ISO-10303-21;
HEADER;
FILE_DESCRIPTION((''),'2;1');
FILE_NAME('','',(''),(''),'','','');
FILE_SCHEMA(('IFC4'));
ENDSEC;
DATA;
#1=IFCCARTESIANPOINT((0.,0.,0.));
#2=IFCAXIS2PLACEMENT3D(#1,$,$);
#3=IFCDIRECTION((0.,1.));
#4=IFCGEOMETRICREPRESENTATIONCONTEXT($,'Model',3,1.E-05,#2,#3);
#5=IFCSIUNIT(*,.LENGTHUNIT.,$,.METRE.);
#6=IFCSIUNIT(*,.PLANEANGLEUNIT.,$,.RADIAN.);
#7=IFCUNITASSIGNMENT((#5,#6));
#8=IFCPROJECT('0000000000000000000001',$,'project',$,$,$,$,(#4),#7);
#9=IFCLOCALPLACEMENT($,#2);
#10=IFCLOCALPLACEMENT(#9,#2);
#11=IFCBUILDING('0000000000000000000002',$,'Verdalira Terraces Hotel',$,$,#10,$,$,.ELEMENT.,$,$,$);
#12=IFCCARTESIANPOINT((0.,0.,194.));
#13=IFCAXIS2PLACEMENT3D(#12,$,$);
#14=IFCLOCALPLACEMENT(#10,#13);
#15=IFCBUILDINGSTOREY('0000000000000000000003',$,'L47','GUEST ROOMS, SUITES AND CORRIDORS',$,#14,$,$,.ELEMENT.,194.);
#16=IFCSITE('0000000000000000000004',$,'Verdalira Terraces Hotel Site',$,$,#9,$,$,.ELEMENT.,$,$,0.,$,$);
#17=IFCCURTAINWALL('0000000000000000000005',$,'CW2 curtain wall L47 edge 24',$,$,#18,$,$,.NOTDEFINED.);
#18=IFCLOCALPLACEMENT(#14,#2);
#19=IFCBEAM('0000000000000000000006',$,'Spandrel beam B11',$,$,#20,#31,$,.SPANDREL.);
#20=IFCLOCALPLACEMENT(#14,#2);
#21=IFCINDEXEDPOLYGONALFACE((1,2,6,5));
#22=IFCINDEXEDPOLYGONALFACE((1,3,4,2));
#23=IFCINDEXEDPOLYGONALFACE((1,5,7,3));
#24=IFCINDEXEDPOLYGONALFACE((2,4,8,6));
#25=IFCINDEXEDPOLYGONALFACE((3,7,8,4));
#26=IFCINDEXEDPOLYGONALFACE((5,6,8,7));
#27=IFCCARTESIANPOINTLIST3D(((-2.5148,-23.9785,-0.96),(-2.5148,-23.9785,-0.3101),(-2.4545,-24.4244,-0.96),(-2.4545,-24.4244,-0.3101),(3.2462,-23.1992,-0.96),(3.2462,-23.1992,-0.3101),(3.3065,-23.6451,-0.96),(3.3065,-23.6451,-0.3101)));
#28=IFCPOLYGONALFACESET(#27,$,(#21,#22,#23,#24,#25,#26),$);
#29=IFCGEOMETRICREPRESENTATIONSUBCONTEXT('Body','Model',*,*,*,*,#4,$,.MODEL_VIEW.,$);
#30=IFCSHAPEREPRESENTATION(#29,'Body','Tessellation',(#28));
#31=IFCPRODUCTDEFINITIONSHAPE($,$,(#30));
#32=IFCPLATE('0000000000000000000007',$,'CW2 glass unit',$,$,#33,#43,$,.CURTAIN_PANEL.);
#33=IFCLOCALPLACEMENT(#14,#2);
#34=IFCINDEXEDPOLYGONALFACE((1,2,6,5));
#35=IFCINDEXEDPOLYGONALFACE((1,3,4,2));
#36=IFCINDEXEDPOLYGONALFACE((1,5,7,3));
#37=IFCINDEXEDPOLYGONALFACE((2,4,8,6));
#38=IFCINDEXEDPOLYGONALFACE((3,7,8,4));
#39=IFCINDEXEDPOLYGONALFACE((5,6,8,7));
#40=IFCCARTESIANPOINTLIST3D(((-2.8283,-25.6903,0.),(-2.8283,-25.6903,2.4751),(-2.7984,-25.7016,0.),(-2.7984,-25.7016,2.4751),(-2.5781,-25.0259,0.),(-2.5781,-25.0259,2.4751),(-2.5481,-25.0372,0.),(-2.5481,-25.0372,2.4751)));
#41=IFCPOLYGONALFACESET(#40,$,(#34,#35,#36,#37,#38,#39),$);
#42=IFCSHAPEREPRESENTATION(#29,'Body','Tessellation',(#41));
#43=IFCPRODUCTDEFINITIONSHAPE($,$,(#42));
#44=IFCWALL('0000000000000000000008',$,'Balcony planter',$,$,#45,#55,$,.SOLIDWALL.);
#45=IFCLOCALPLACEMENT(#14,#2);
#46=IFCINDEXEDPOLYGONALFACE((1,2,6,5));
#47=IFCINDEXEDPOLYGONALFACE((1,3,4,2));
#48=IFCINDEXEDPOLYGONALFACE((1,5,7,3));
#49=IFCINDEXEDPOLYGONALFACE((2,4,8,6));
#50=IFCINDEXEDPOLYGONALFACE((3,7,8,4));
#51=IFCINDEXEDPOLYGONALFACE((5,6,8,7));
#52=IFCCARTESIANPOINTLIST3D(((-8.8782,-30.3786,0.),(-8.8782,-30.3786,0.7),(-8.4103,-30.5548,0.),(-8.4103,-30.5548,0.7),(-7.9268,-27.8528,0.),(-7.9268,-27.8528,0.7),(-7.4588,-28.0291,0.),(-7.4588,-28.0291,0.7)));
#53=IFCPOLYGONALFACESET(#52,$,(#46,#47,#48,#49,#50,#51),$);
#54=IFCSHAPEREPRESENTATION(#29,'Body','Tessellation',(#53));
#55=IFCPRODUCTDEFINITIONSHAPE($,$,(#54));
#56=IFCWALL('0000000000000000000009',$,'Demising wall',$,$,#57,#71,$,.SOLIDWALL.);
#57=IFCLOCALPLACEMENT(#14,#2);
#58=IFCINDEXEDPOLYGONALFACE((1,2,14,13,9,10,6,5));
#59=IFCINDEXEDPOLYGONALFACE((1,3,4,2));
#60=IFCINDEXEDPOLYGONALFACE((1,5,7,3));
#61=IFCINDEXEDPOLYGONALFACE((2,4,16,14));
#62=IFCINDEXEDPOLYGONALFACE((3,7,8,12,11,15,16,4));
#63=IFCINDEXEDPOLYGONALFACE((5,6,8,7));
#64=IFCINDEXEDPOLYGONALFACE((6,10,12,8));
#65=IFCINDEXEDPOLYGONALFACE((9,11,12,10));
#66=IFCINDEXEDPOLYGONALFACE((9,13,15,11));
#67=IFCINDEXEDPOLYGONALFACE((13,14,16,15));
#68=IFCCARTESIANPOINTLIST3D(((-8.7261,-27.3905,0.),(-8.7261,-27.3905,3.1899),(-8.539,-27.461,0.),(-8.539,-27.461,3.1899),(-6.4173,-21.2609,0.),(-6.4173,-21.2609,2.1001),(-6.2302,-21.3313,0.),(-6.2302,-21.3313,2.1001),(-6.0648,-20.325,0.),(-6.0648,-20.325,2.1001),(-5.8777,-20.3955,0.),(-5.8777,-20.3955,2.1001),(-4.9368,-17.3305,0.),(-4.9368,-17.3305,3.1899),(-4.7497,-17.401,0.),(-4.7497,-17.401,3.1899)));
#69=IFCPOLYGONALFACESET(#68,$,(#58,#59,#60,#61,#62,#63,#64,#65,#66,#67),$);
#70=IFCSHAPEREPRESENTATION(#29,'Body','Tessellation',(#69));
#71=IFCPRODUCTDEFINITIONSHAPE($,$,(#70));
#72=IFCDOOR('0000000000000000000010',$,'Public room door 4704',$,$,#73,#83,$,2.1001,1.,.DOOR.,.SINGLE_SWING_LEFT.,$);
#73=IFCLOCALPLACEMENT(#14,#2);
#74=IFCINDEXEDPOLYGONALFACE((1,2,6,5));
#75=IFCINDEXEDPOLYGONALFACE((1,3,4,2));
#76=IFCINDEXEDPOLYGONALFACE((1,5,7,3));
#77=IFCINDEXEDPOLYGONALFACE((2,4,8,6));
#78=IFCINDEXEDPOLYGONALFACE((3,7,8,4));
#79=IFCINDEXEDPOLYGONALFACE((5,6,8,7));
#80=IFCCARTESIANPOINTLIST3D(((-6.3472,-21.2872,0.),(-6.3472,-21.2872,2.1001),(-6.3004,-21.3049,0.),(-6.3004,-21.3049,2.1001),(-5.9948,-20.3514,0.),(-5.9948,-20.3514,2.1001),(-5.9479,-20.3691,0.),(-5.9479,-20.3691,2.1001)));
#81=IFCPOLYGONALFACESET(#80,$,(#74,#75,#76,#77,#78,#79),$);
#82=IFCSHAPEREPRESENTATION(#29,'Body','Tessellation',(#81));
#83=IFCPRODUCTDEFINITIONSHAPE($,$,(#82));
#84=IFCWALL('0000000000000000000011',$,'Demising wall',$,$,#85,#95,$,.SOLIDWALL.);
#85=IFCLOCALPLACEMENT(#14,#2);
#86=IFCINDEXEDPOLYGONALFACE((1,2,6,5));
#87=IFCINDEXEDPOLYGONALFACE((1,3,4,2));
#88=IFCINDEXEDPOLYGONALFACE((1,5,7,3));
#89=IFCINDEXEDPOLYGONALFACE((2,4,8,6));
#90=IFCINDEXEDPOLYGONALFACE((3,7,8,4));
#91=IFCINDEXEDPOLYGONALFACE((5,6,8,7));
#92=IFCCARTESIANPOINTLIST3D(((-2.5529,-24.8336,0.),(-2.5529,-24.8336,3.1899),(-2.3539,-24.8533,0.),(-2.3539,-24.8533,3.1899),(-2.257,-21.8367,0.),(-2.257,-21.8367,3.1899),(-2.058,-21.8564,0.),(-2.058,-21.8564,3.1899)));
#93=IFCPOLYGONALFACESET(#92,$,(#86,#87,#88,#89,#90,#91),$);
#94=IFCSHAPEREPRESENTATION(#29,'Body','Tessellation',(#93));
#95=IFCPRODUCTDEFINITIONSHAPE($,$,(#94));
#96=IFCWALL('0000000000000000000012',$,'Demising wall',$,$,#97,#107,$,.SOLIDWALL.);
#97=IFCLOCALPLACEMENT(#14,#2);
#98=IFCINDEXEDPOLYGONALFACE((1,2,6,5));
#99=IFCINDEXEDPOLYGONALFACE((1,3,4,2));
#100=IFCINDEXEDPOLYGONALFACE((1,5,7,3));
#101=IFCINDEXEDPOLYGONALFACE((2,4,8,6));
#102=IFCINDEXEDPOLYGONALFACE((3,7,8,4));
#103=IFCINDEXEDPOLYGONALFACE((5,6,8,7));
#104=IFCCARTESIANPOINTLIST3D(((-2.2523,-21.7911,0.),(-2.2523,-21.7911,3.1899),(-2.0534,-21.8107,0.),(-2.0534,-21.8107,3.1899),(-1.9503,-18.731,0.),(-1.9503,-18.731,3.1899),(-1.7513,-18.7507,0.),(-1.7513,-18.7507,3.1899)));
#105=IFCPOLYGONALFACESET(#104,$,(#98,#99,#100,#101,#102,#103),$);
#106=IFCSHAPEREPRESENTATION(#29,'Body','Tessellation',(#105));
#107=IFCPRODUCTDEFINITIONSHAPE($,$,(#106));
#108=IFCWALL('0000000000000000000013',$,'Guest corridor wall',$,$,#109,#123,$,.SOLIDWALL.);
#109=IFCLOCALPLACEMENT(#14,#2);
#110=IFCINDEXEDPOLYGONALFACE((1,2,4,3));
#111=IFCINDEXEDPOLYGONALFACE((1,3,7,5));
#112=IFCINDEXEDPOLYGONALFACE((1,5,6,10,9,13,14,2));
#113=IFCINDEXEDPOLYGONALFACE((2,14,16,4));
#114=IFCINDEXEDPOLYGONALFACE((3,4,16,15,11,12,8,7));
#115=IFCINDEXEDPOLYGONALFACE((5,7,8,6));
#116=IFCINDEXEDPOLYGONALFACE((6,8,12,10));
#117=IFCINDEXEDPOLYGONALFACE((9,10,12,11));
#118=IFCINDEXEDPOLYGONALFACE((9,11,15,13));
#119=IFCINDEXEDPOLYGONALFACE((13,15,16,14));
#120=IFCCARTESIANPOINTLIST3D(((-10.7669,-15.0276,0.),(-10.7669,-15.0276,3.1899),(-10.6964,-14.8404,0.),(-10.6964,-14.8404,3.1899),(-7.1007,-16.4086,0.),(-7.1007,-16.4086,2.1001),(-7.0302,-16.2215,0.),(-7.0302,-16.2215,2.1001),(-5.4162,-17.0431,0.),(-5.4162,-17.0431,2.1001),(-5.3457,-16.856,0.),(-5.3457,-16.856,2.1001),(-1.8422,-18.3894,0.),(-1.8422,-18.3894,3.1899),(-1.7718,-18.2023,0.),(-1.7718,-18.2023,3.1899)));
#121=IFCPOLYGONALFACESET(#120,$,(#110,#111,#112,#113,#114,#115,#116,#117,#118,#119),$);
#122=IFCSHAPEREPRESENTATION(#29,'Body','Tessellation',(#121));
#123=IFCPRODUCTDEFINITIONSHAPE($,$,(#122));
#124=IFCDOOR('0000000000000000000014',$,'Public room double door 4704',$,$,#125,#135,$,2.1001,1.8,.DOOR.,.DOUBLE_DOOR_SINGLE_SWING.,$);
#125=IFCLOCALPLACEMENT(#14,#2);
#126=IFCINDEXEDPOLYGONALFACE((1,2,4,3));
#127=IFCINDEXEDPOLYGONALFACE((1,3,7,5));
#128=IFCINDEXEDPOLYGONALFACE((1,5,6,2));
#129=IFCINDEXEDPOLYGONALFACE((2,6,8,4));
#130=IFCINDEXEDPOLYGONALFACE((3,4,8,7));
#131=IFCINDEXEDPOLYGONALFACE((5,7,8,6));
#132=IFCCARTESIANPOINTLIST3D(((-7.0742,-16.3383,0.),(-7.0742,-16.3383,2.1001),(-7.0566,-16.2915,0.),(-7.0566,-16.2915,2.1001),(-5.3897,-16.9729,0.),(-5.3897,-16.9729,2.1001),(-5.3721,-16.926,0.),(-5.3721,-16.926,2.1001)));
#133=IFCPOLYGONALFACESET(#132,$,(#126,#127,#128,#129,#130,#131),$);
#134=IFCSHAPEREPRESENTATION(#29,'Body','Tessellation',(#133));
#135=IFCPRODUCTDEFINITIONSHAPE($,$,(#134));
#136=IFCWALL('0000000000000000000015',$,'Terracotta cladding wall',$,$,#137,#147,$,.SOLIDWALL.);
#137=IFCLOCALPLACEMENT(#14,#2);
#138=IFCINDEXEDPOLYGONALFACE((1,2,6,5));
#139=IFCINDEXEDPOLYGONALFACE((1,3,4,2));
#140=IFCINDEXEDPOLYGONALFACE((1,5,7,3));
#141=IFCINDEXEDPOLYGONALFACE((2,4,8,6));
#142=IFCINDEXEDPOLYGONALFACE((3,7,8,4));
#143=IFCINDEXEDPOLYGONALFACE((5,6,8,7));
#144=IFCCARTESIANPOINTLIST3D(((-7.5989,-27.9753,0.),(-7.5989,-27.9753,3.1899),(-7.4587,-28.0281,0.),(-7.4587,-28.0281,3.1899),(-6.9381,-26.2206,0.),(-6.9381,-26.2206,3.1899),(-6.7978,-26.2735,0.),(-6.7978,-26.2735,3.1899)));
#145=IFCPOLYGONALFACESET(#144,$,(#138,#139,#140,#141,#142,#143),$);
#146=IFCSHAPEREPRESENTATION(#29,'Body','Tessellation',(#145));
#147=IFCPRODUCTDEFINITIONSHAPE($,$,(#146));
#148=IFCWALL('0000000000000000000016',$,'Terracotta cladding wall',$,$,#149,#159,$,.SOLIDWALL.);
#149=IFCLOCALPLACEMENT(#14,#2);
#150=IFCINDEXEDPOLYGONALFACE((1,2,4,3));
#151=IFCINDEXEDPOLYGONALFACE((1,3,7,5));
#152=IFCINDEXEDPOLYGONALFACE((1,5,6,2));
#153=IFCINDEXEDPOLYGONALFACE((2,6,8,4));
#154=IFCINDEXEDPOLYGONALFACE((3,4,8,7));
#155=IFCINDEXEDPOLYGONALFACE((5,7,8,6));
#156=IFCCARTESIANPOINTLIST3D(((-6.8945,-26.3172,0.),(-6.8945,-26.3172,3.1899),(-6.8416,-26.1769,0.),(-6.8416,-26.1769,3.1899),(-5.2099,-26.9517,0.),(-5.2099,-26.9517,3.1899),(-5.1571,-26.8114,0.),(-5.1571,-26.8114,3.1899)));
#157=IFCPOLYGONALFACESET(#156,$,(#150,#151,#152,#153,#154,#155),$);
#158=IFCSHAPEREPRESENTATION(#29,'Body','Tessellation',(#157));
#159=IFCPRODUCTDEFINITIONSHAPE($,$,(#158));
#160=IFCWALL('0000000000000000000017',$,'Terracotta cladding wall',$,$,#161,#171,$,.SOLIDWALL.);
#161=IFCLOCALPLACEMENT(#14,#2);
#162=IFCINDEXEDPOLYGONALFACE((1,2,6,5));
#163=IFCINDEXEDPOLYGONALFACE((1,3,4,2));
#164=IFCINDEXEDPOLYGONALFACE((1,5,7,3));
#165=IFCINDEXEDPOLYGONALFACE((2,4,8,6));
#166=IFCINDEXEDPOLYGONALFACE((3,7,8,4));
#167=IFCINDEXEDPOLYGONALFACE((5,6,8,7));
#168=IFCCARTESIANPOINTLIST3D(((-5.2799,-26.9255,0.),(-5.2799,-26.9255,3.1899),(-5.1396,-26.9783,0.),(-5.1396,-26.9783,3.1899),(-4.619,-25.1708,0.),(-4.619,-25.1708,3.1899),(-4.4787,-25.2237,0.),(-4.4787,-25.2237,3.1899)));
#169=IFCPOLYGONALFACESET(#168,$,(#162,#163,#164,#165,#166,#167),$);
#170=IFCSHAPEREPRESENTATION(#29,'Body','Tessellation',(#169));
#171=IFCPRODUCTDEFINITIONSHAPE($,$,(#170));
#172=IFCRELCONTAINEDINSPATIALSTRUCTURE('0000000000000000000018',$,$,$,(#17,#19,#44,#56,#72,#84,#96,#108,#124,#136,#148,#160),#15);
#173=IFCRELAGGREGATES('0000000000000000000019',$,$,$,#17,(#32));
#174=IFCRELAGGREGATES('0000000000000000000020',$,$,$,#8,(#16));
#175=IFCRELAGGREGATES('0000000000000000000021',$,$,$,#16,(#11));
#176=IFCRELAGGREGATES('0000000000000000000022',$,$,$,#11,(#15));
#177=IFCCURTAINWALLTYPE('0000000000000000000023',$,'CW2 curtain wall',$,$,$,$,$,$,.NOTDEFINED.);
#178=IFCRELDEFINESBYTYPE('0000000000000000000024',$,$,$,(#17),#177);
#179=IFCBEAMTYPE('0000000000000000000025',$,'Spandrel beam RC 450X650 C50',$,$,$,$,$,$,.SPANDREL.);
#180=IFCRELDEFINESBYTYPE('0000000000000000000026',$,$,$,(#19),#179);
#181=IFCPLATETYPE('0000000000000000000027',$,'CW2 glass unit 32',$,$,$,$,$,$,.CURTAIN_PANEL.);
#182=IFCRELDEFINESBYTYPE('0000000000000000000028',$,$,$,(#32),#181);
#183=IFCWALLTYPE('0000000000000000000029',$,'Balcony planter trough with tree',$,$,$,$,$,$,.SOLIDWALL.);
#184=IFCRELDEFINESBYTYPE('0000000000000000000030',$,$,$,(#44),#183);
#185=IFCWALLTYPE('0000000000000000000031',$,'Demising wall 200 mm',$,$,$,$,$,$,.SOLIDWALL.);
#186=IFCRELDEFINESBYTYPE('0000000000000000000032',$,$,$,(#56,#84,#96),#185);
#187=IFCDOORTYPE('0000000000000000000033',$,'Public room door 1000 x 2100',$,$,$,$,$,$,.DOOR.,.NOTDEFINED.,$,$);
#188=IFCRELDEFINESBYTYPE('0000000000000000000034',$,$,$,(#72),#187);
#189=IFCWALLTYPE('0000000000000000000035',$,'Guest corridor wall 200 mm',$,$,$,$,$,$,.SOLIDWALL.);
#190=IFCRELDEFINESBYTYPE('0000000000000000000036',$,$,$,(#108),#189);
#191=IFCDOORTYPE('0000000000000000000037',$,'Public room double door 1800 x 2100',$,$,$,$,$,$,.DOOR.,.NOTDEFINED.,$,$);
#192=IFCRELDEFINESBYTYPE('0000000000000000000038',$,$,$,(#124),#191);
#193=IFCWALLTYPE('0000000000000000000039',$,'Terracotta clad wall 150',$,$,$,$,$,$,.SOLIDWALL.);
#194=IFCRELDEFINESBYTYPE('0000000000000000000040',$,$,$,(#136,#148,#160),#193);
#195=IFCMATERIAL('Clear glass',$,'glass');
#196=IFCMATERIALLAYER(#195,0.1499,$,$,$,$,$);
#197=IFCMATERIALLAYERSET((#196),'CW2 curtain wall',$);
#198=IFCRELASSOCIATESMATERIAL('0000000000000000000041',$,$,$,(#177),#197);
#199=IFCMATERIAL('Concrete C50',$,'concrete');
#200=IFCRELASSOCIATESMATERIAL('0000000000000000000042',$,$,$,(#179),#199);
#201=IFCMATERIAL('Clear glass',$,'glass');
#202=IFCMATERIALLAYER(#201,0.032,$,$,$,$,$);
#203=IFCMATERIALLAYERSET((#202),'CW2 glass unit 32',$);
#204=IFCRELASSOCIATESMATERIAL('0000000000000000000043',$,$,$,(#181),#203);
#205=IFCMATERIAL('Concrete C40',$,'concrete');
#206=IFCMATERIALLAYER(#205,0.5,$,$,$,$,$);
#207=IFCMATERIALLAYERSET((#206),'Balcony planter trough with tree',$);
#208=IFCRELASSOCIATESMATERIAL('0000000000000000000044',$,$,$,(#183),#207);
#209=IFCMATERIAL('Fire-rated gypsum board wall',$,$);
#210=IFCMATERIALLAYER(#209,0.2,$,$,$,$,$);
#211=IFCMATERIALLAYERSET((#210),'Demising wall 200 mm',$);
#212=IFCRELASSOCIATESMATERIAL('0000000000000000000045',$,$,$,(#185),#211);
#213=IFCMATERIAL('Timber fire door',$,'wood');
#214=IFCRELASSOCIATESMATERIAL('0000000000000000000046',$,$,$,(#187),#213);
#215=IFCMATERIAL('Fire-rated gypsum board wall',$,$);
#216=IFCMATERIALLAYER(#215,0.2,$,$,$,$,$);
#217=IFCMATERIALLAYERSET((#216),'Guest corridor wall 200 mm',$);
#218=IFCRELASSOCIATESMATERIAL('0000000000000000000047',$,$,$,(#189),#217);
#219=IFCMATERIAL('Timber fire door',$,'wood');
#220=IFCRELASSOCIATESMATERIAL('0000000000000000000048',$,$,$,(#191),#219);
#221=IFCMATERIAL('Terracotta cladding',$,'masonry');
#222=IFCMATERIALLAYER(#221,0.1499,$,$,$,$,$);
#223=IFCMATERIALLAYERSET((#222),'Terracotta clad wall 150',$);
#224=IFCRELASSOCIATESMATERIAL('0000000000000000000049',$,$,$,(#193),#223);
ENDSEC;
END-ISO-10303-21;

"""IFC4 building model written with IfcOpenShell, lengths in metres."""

from ifc_helpers import new_model, si_unit, direction, frame, frame_2d, origin, origin_2d, place, context, subcontext, project, spatial, rectangle, extrude, material, layer, layer_set, material_profile, profile_set, type_object, element, fill, aggregate, save


model = new_model("IFC4")

# Units and contexts
model_context = context("Model", 3, precision=1e-05, world=origin(), true_north=direction((0.0, 1.0)))
body_context = subcontext(model_context, "Body", "Model", "MODEL_VIEW")
ifc_project = project(units=[si_unit("LENGTHUNIT", "METRE"), si_unit("PLANEANGLEUNIT", "RADIAN")], contexts=[model_context])

# Site, building, storey
site_placement = place(None, origin())
site = spatial("IfcSite", under=ifc_project, at=site_placement, Name="Verdalira Terraces Hotel Site", CompositionType="ELEMENT", RefElevation=0.0)
building_placement = place(site_placement, origin())
building = spatial("IfcBuilding", under=site, at=building_placement, Name="Verdalira Terraces Hotel", CompositionType="ELEMENT")
storey_placement = place(building_placement, frame((0.0, 0.0, 194.0)))
storey = spatial("IfcBuildingStorey", under=building, at=storey_placement, Name="L47", Description="GUEST ROOMS, SUITES AND CORRIDORS", CompositionType="ELEMENT", Elevation=194.0)

# Curtain wall
ifc_material_1 = material(Name="Clear glass", Category="glass")
ifc_layer_1 = layer(ifc_material_1, 0.1499)
ifc_layer_set_1 = layer_set([ifc_layer_1], Name="CW2 curtain wall")
curtain_wall_type_1 = type_object("IfcCurtainWallType", Name="CW2 curtain wall", PredefinedType="NOTDEFINED", material=ifc_layer_set_1)
curtain_wall_1_placement = place(storey_placement, origin())
curtain_wall_1 = element("IfcCurtainWall", 1, at=curtain_wall_1_placement, inside=storey, type_object=curtain_wall_type_1, Name="CW2 curtain wall L47 edge 24", PredefinedType="NOTDEFINED")

# Beam
ifc_material_2 = material(Name="Concrete C50", Category="concrete")
ifc_material_profile_1 = material_profile(ifc_material_2, rectangle(XDim=0.45, YDim=0.6499, at=origin_2d()), Name="RC 450X650")
ifc_profile_set_1 = profile_set([ifc_material_profile_1], Name="Concrete C50")
beam_type_1 = type_object("IfcBeamType", Name="Spandrel beam RC 450X650 C50", PredefinedType="SPANDREL", material=ifc_profile_set_1)
beam_1_placement = place(storey_placement, frame((-2.4846, -24.2014, -0.635), z_axis=(0.990974, 0.134051, 0.0), x_axis=(-0.134051, 0.990974, 0.0)))
element("IfcBeam", 2, at=beam_1_placement, inside=storey, type_object=beam_type_1, Name="Spandrel beam B11", PredefinedType="SPANDREL", context=body_context, shape_type="SweptSolid", body=[
    extrude(rectangle(XDim=0.45, YDim=0.6499, at=origin_2d()), origin(), (0.0, 0.0, 1.0), 5.8135),
])

# Plate
ifc_material_3 = material(Name="Clear glass", Category="glass")
ifc_layer_2 = layer(ifc_material_3, 0.032)
ifc_layer_set_2 = layer_set([ifc_layer_2], Name="CW2 glass unit 32")
plate_type = type_object("IfcPlateType", Name="CW2 glass unit 32", PredefinedType="CURTAIN_PANEL", material=ifc_layer_set_2)
plate_placement = place(storey_placement, frame((-2.6882, -25.3638, 0.0), z_axis=(0.0, 0.0, 1.0), x_axis=(0.352495, 0.935814, 0.0)))
plate = element("IfcPlate", 3, at=plate_placement, type_object=plate_type, Name="CW2 glass unit", PredefinedType="CURTAIN_PANEL", context=body_context, shape_type="SweptSolid", body=[
    extrude(rectangle(XDim=0.71, YDim=0.032, at=origin_2d()), origin(), (0.0, 0.0, 1.0), 2.4751),
])
aggregate(curtain_wall_1, [plate])

# Wall
ifc_material_4 = material(Name="Concrete C40", Category="concrete")
ifc_layer_3 = layer(ifc_material_4, 0.5)
ifc_layer_set_3 = layer_set([ifc_layer_3], Name="Balcony planter trough with tree")
wall_type_1 = type_object("IfcWallType", Name="Balcony planter trough with tree", PredefinedType="SOLIDWALL", material=ifc_layer_set_3)
wall_1_placement = place(storey_placement, frame((-8.6443, -30.4668, 0.0), z_axis=(0.0, 0.0, 1.0), x_axis=(0.352521, 0.935804, 0.0)))
element("IfcWall", 4, at=wall_1_placement, inside=storey, type_object=wall_type_1, Name="Balcony planter", PredefinedType="SOLIDWALL", context=body_context, shape_type="SweptSolid", body=[
    extrude(rectangle(XDim=2.699, YDim=0.5, at=frame_2d((1.3496, 0.0))), origin(), (0.0, 0.0, 1.0), 0.7),
])

# Wall, opening, door
ifc_material_5 = material(Name="Fire-rated gypsum board wall")
ifc_layer_4 = layer(ifc_material_5, 0.2)
ifc_layer_set_4 = layer_set([ifc_layer_4], Name="Demising wall 200 mm")
wall_type_2 = type_object("IfcWallType", Name="Demising wall 200 mm", PredefinedType="SOLIDWALL", material=ifc_layer_set_4)
wall_2_placement = place(storey_placement, frame((-4.8433, -17.3657, 0.0), z_axis=(0.0, 0.0, 1.0), x_axis=(-0.352492, -0.935815, 0.0)))
wall_2 = element("IfcWall", 5, at=wall_2_placement, inside=storey, type_object=wall_type_2, Name="Demising wall", PredefinedType="SOLIDWALL", context=body_context, shape_type="SweptSolid", body=[
    extrude(rectangle(XDim=10.75, YDim=0.2, at=frame_2d((5.375, 0.0))), origin(), (0.0, 0.0, 1.0), 3.1899),
])
opening_1_placement = place(wall_2_placement, frame((3.2, 0.0, 0.0)))
opening_1 = element("IfcOpeningElement", 6, at=opening_1_placement, cuts=wall_2, PredefinedType="OPENING", context=body_context, shape_type="SweptSolid", body=[
    extrude(rectangle(XDim=1.0, YDim=2.1001, at=frame_2d((0.5, 1.05))), frame((0.0, 0.1099, 0.0), z_axis=(0.0, -1.0, 0.0), x_axis=(1.0, 0.0, 0.0)), (0.0, 0.0, 1.0), 0.22),
])
ifc_material_6 = material(Name="Timber fire door", Category="wood")
door_type_1 = type_object("IfcDoorType", Name="Public room door 1000 x 2100", OperationType="NOTDEFINED", PredefinedType="DOOR", material=ifc_material_6)
door_1_placement = place(opening_1_placement, origin())
door_1 = element("IfcDoor", 7, at=door_1_placement, inside=storey, type_object=door_type_1, Name="Public room door 4704", OperationType="SINGLE_SWING_LEFT", OverallHeight=2.1001, OverallWidth=1.0, PredefinedType="DOOR", context=body_context, shape_type="SweptSolid", body=[
    extrude(rectangle(XDim=1.0, YDim=2.1001, at=frame_2d((0.5, 1.05))), frame((0.0, 0.0249, 0.0), z_axis=(0.0, -1.0, 0.0), x_axis=(1.0, 0.0, 0.0)), (0.0, 0.0, 1.0), 0.05),
])
fill(opening_1, door_1)

# Walls
wall_3_placement = place(storey_placement, frame((-2.1575, -21.8464, 0.0), z_axis=(0.0, 0.0, 1.0), x_axis=(-0.098259, -0.995161, 0.0)))
element("IfcWall", 8, at=wall_3_placement, inside=storey, type_object=wall_type_2, Name="Demising wall", PredefinedType="SOLIDWALL", context=body_context, shape_type="SweptSolid", body=[
    extrude(rectangle(XDim=3.0115, YDim=0.2, at=frame_2d((1.5059, 0.0))), origin(), (0.0, 0.0, 1.0), 3.1899),
])
wall_4_placement = place(storey_placement, frame((-1.8508, -18.7407, 0.0), z_axis=(0.0, 0.0, 1.0), x_axis=(-0.098214, -0.995165, 0.0)))
element("IfcWall", 9, at=wall_4_placement, inside=storey, type_object=wall_type_2, Name="Demising wall", PredefinedType="SOLIDWALL", context=body_context, shape_type="SweptSolid", body=[
    extrude(rectangle(XDim=3.075, YDim=0.2, at=frame_2d((1.5376, 0.0))), origin(), (0.0, 0.0, 1.0), 3.1899),
])

# Wall, opening, door
ifc_material_7 = material(Name="Fire-rated gypsum board wall")
ifc_layer_5 = layer(ifc_material_7, 0.2)
ifc_layer_set_5 = layer_set([ifc_layer_5], Name="Guest corridor wall 200 mm")
wall_type_3 = type_object("IfcWallType", Name="Guest corridor wall 200 mm", PredefinedType="SOLIDWALL", material=ifc_layer_set_5)
wall_5_placement = place(storey_placement, frame((-1.8069, -18.2959, 0.0), z_axis=(0.0, 0.0, 1.0), x_axis=(-0.935807, 0.352512, 0.0)))
wall_5 = element("IfcWall", 10, at=wall_5_placement, inside=storey, type_object=wall_type_3, Name="Guest corridor wall", PredefinedType="SOLIDWALL", context=body_context, shape_type="SweptSolid", body=[
    extrude(rectangle(XDim=9.5369, YDim=0.2, at=frame_2d((4.7686, 0.0))), origin(), (0.0, 0.0, 1.0), 3.1899),
])
opening_2_placement = place(wall_5_placement, frame((3.8193, 0.0, 0.0)))
opening_2 = element("IfcOpeningElement", 11, at=opening_2_placement, cuts=wall_5, PredefinedType="OPENING", context=body_context, shape_type="SweptSolid", body=[
    extrude(rectangle(XDim=1.8, YDim=2.1001, at=frame_2d((0.8999, 1.05))), frame((0.0, 0.1099, 0.0), z_axis=(0.0, -1.0, 0.0), x_axis=(1.0, 0.0, 0.0)), (0.0, 0.0, 1.0), 0.22),
])
ifc_material_8 = material(Name="Timber fire door", Category="wood")
door_type_2 = type_object("IfcDoorType", Name="Public room double door 1800 x 2100", OperationType="NOTDEFINED", PredefinedType="DOOR", material=ifc_material_8)
door_2_placement = place(opening_2_placement, origin())
door_2 = element("IfcDoor", 12, at=door_2_placement, inside=storey, type_object=door_type_2, Name="Public room double door 4704", OperationType="DOUBLE_DOOR_SINGLE_SWING", OverallHeight=2.1001, OverallWidth=1.8, PredefinedType="DOOR", context=body_context, shape_type="SweptSolid", body=[
    extrude(rectangle(XDim=1.8, YDim=2.1001, at=frame_2d((0.8999, 1.05))), frame((0.0, 0.0249, 0.0), z_axis=(0.0, -1.0, 0.0), x_axis=(1.0, 0.0, 0.0)), (0.0, 0.0, 1.0), 0.05),
])
fill(opening_2, door_2)

# Walls
ifc_material_9 = material(Name="Terracotta cladding", Category="masonry")
ifc_layer_6 = layer(ifc_material_9, 0.1499)
ifc_layer_set_6 = layer_set([ifc_layer_6], Name="Terracotta clad wall 150")
wall_type_4 = type_object("IfcWallType", Name="Terracotta clad wall 150", PredefinedType="SOLIDWALL", material=ifc_layer_set_6)
wall_6_placement = place(storey_placement, frame((-7.5288, -28.0017, 0.0), z_axis=(0.0, 0.0, 1.0), x_axis=(0.352479, 0.93582, 0.0)))
element("IfcWall", 13, at=wall_6_placement, inside=storey, type_object=wall_type_4, Name="Terracotta cladding wall", PredefinedType="SOLIDWALL", context=body_context, shape_type="SweptSolid", body=[
    extrude(rectangle(XDim=1.875, YDim=0.1499, at=frame_2d((0.9375, 0.0))), origin(), (0.0, 0.0, 1.0), 3.1899),
])
wall_7_placement = place(storey_placement, frame((-6.8679, -26.2471, 0.0), z_axis=(0.0, 0.0, 1.0), x_axis=(0.935815, -0.35249, 0.0)))
element("IfcWall", 14, at=wall_7_placement, inside=storey, type_object=wall_type_4, Name="Terracotta cladding wall", PredefinedType="SOLIDWALL", context=body_context, shape_type="SweptSolid", body=[
    extrude(rectangle(XDim=1.8, YDim=0.1499, at=frame_2d((0.8999, 0.0))), origin(), (0.0, 0.0, 1.0), 3.1899),
])
for number, where, z_axis, x_axis, name in (
    (15, (-5.2097, -26.9519, 0.0), (0.0, 0.0, 1.0), (0.352479, 0.93582, 0.0), "Terracotta cladding wall"),
):
    element("IfcWall", number, at=place(storey_placement, frame(where, z_axis=z_axis, x_axis=x_axis)), inside=storey, type_object=wall_type_4, Name=name, PredefinedType="SOLIDWALL", context=body_context, shape_type="SweptSolid", body=[
        extrude(rectangle(XDim=1.875, YDim=0.1499, at=frame_2d((0.9375, 0.0))), origin(), (0.0, 0.0, 1.0), 3.1899),
    ])

save(model, "model.ifc")
